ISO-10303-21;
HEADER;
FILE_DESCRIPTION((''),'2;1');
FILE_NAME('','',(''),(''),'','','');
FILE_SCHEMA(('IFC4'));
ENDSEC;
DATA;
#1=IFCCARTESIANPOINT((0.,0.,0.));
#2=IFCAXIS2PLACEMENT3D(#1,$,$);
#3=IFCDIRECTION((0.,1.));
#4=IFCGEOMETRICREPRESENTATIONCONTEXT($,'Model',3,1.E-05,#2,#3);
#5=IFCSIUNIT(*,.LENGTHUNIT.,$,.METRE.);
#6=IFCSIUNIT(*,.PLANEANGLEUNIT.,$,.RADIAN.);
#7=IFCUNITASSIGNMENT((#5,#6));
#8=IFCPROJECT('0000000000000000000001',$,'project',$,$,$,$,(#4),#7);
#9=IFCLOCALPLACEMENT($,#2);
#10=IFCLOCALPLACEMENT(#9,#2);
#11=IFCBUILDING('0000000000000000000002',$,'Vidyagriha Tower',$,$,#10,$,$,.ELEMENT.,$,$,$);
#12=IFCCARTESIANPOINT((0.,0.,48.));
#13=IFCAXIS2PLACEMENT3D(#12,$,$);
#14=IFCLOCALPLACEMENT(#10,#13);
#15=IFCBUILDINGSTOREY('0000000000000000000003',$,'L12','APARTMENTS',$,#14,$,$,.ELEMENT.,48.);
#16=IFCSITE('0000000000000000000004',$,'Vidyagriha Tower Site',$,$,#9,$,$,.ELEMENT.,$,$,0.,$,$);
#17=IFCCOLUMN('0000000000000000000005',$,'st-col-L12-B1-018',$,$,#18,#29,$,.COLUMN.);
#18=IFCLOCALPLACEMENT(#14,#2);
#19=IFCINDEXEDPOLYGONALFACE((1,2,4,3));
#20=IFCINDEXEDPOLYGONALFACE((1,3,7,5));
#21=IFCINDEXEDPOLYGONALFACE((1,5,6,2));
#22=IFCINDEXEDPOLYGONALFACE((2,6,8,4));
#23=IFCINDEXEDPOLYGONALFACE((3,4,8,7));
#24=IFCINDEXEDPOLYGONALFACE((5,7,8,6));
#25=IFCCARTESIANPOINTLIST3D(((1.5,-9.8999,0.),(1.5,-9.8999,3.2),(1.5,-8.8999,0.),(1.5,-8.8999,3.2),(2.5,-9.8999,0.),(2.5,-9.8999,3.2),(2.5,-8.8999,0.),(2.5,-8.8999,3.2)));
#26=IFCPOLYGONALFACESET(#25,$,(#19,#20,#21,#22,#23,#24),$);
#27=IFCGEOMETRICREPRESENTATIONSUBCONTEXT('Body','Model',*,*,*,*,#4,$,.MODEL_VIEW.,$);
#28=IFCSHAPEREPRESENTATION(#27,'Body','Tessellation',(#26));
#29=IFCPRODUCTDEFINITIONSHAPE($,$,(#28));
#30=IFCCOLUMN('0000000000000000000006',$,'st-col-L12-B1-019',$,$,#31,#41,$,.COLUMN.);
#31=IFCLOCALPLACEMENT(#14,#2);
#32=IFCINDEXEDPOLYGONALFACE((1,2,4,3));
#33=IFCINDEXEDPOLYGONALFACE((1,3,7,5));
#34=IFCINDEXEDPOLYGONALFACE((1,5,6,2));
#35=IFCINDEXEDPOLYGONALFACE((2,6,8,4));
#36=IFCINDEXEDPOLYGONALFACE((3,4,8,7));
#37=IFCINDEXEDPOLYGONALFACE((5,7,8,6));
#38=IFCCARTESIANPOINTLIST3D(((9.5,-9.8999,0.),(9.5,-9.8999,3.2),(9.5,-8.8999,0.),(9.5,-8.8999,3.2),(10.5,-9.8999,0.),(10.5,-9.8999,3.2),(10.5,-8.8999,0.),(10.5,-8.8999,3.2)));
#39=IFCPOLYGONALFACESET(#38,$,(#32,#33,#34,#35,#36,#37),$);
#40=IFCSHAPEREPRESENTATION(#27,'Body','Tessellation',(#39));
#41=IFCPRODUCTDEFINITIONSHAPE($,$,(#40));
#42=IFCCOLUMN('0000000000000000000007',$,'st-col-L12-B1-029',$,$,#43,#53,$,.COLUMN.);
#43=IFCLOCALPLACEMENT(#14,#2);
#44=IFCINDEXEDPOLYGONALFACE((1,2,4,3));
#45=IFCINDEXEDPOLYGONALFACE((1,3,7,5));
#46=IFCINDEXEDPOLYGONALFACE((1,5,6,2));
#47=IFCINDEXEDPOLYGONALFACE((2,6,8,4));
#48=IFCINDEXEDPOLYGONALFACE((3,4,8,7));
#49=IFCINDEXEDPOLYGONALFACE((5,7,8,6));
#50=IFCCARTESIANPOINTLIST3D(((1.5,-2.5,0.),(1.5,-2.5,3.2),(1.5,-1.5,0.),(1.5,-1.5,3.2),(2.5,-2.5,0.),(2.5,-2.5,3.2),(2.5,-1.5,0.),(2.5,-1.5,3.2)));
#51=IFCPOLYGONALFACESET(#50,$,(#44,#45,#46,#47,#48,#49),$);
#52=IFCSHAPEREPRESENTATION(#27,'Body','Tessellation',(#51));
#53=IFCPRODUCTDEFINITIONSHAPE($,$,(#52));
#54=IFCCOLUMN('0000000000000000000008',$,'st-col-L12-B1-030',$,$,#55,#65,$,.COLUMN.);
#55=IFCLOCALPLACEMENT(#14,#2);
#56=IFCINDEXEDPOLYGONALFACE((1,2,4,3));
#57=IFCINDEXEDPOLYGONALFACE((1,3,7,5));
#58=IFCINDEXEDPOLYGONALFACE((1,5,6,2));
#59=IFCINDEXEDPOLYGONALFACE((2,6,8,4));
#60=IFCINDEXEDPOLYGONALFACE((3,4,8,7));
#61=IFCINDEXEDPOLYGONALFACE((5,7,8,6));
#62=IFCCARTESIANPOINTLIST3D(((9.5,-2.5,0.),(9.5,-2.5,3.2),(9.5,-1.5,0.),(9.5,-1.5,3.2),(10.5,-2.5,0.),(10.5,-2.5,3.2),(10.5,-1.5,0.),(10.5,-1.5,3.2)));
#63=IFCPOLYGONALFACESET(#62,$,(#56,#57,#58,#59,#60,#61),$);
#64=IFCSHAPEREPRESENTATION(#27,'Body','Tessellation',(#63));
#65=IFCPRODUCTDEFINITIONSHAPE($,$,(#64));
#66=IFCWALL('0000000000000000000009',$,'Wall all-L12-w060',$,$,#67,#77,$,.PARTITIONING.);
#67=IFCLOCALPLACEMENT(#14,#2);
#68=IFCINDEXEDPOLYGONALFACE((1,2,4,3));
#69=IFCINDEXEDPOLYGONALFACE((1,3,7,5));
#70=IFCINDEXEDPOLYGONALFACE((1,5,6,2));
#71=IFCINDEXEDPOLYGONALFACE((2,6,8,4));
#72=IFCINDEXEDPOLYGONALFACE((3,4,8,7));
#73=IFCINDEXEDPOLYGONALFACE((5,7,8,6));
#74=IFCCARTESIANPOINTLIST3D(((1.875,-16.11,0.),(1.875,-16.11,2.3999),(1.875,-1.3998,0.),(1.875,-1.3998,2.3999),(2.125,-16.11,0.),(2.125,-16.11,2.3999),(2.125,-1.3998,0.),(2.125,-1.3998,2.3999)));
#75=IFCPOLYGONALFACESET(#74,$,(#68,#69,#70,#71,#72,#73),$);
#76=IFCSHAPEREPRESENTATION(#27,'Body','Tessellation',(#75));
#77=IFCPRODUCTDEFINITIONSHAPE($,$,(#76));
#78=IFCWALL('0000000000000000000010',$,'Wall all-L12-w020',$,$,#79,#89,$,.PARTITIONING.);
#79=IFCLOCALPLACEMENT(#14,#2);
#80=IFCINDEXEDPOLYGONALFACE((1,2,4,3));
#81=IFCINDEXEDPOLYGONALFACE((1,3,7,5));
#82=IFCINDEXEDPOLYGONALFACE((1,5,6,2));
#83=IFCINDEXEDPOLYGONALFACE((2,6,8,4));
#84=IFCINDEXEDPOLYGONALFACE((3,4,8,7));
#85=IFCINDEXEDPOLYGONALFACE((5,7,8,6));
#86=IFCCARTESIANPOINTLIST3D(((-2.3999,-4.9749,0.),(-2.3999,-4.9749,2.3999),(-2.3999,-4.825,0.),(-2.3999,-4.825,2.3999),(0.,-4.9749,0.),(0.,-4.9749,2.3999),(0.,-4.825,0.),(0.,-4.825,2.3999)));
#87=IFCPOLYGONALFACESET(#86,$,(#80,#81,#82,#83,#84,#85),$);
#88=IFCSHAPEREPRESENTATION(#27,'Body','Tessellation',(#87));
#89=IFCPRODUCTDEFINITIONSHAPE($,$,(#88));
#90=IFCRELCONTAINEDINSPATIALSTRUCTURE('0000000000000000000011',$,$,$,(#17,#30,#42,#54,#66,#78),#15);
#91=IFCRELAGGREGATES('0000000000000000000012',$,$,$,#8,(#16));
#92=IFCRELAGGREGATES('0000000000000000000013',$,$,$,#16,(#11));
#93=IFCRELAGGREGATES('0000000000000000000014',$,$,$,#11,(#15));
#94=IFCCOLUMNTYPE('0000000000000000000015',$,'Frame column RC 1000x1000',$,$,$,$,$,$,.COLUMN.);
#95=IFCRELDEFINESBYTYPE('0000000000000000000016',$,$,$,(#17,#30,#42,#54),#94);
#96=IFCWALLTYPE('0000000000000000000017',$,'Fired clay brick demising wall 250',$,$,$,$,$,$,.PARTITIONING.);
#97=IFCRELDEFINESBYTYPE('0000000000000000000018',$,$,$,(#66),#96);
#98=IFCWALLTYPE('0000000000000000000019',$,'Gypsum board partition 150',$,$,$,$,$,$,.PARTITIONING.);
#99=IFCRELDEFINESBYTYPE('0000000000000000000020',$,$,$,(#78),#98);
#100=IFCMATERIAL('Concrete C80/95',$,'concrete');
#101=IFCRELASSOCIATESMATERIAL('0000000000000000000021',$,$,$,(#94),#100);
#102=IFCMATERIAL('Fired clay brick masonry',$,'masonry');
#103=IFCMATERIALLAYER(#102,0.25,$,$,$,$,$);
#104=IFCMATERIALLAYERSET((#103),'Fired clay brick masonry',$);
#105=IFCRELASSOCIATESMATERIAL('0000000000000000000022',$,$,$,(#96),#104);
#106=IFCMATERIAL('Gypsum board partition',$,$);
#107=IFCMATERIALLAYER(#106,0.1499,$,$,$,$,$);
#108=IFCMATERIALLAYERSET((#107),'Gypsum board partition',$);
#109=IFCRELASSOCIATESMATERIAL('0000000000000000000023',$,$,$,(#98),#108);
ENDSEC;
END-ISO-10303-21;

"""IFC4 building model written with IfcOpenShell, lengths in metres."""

from ifc_helpers import new_model, si_unit, direction, frame, frame_2d, origin, origin_2d, place, context, subcontext, project, spatial, rectangle, extrude, material, layer, layer_set, material_profile, profile_set, type_object, element, save


model = new_model("IFC4")

# Units and contexts
model_context = context("Model", 3, precision=1e-05, world=origin(), true_north=direction((0.0, 1.0)))
body_context = subcontext(model_context, "Body", "Model", "MODEL_VIEW")
ifc_project = project(units=[si_unit("LENGTHUNIT", "METRE"), si_unit("PLANEANGLEUNIT", "RADIAN")], contexts=[model_context])

# Site, building, storey
site_placement = place(None, origin())
site = spatial("IfcSite", under=ifc_project, at=site_placement, Name="Vidyagriha Tower Site", CompositionType="ELEMENT", RefElevation=0.0)
building_placement = place(site_placement, origin())
building = spatial("IfcBuilding", under=site, at=building_placement, Name="Vidyagriha Tower", CompositionType="ELEMENT")
storey_placement = place(building_placement, frame((0.0, 0.0, 48.0)))
storey = spatial("IfcBuildingStorey", under=building, at=storey_placement, Name="L12", Description="APARTMENTS", CompositionType="ELEMENT", Elevation=48.0)

# Columns
ifc_material_1 = material(Name="Concrete C80/95", Category="concrete")
ifc_material_profile = material_profile(ifc_material_1, rectangle(XDim=1.0, YDim=1.0, at=origin_2d()), Name="RC 1000x1000")
ifc_profile_set = profile_set([ifc_material_profile], Name="Concrete C80/95")
column_type = type_object("IfcColumnType", Name="Frame column RC 1000x1000", PredefinedType="COLUMN", material=ifc_profile_set)
for number, where, name in (
    (1, (2.0, -9.3999, 0.0), "st-col-L12-B1-018"),
    (2, (10.0, -9.3999, 0.0), "st-col-L12-B1-019"),
    (3, (2.0, -2.0, 0.0), "st-col-L12-B1-029"),
    (4, (10.0, -2.0, 0.0), "st-col-L12-B1-030"),
):
    element("IfcColumn", number, at=place(storey_placement, frame(where)), inside=storey, type_object=column_type, Name=name, PredefinedType="COLUMN", context=body_context, shape_type="SweptSolid", body=[
        extrude(rectangle(XDim=1.0, YDim=1.0, at=origin_2d()), origin(), (0.0, 0.0, 1.0), 3.2),
    ])

# Walls
ifc_material_2 = material(Name="Fired clay brick masonry", Category="masonry")
ifc_layer_1 = layer(ifc_material_2, 0.25)
ifc_layer_set_1 = layer_set([ifc_layer_1], Name="Fired clay brick masonry")
wall_type_1 = type_object("IfcWallType", Name="Fired clay brick demising wall 250", PredefinedType="PARTITIONING", material=ifc_layer_set_1)
wall_1_placement = place(storey_placement, frame((2.0, -1.3999, 0.0), z_axis=(0.0, 0.0, 1.0), x_axis=(0.0, -1.0, 0.0)))
element("IfcWall", 5, at=wall_1_placement, inside=storey, type_object=wall_type_1, Name="Wall all-L12-w060", PredefinedType="PARTITIONING", context=body_context, shape_type="SweptSolid", body=[
    extrude(rectangle(XDim=14.7102, YDim=0.25, at=frame_2d((7.355, 0.0))), origin(), (0.0, 0.0, 1.0), 2.3999),
])
ifc_material_3 = material(Name="Gypsum board partition")
ifc_layer_2 = layer(ifc_material_3, 0.1499)
ifc_layer_set_2 = layer_set([ifc_layer_2], Name="Gypsum board partition")
wall_type_2 = type_object("IfcWallType", Name="Gypsum board partition 150", PredefinedType="PARTITIONING", material=ifc_layer_set_2)
wall_2_placement = place(storey_placement, frame((0.0, -4.8999, 0.0), z_axis=(0.0, 0.0, 1.0), x_axis=(-1.0, 0.0, 0.0)))
element("IfcWall", 6, at=wall_2_placement, inside=storey, type_object=wall_type_2, Name="Wall all-L12-w020", PredefinedType="PARTITIONING", context=body_context, shape_type="SweptSolid", body=[
    extrude(rectangle(XDim=2.3999, YDim=0.1499, at=frame_2d((1.2, 0.0))), origin(), (0.0, 0.0, 1.0), 2.3999),
])

save(model, "model.ifc")
